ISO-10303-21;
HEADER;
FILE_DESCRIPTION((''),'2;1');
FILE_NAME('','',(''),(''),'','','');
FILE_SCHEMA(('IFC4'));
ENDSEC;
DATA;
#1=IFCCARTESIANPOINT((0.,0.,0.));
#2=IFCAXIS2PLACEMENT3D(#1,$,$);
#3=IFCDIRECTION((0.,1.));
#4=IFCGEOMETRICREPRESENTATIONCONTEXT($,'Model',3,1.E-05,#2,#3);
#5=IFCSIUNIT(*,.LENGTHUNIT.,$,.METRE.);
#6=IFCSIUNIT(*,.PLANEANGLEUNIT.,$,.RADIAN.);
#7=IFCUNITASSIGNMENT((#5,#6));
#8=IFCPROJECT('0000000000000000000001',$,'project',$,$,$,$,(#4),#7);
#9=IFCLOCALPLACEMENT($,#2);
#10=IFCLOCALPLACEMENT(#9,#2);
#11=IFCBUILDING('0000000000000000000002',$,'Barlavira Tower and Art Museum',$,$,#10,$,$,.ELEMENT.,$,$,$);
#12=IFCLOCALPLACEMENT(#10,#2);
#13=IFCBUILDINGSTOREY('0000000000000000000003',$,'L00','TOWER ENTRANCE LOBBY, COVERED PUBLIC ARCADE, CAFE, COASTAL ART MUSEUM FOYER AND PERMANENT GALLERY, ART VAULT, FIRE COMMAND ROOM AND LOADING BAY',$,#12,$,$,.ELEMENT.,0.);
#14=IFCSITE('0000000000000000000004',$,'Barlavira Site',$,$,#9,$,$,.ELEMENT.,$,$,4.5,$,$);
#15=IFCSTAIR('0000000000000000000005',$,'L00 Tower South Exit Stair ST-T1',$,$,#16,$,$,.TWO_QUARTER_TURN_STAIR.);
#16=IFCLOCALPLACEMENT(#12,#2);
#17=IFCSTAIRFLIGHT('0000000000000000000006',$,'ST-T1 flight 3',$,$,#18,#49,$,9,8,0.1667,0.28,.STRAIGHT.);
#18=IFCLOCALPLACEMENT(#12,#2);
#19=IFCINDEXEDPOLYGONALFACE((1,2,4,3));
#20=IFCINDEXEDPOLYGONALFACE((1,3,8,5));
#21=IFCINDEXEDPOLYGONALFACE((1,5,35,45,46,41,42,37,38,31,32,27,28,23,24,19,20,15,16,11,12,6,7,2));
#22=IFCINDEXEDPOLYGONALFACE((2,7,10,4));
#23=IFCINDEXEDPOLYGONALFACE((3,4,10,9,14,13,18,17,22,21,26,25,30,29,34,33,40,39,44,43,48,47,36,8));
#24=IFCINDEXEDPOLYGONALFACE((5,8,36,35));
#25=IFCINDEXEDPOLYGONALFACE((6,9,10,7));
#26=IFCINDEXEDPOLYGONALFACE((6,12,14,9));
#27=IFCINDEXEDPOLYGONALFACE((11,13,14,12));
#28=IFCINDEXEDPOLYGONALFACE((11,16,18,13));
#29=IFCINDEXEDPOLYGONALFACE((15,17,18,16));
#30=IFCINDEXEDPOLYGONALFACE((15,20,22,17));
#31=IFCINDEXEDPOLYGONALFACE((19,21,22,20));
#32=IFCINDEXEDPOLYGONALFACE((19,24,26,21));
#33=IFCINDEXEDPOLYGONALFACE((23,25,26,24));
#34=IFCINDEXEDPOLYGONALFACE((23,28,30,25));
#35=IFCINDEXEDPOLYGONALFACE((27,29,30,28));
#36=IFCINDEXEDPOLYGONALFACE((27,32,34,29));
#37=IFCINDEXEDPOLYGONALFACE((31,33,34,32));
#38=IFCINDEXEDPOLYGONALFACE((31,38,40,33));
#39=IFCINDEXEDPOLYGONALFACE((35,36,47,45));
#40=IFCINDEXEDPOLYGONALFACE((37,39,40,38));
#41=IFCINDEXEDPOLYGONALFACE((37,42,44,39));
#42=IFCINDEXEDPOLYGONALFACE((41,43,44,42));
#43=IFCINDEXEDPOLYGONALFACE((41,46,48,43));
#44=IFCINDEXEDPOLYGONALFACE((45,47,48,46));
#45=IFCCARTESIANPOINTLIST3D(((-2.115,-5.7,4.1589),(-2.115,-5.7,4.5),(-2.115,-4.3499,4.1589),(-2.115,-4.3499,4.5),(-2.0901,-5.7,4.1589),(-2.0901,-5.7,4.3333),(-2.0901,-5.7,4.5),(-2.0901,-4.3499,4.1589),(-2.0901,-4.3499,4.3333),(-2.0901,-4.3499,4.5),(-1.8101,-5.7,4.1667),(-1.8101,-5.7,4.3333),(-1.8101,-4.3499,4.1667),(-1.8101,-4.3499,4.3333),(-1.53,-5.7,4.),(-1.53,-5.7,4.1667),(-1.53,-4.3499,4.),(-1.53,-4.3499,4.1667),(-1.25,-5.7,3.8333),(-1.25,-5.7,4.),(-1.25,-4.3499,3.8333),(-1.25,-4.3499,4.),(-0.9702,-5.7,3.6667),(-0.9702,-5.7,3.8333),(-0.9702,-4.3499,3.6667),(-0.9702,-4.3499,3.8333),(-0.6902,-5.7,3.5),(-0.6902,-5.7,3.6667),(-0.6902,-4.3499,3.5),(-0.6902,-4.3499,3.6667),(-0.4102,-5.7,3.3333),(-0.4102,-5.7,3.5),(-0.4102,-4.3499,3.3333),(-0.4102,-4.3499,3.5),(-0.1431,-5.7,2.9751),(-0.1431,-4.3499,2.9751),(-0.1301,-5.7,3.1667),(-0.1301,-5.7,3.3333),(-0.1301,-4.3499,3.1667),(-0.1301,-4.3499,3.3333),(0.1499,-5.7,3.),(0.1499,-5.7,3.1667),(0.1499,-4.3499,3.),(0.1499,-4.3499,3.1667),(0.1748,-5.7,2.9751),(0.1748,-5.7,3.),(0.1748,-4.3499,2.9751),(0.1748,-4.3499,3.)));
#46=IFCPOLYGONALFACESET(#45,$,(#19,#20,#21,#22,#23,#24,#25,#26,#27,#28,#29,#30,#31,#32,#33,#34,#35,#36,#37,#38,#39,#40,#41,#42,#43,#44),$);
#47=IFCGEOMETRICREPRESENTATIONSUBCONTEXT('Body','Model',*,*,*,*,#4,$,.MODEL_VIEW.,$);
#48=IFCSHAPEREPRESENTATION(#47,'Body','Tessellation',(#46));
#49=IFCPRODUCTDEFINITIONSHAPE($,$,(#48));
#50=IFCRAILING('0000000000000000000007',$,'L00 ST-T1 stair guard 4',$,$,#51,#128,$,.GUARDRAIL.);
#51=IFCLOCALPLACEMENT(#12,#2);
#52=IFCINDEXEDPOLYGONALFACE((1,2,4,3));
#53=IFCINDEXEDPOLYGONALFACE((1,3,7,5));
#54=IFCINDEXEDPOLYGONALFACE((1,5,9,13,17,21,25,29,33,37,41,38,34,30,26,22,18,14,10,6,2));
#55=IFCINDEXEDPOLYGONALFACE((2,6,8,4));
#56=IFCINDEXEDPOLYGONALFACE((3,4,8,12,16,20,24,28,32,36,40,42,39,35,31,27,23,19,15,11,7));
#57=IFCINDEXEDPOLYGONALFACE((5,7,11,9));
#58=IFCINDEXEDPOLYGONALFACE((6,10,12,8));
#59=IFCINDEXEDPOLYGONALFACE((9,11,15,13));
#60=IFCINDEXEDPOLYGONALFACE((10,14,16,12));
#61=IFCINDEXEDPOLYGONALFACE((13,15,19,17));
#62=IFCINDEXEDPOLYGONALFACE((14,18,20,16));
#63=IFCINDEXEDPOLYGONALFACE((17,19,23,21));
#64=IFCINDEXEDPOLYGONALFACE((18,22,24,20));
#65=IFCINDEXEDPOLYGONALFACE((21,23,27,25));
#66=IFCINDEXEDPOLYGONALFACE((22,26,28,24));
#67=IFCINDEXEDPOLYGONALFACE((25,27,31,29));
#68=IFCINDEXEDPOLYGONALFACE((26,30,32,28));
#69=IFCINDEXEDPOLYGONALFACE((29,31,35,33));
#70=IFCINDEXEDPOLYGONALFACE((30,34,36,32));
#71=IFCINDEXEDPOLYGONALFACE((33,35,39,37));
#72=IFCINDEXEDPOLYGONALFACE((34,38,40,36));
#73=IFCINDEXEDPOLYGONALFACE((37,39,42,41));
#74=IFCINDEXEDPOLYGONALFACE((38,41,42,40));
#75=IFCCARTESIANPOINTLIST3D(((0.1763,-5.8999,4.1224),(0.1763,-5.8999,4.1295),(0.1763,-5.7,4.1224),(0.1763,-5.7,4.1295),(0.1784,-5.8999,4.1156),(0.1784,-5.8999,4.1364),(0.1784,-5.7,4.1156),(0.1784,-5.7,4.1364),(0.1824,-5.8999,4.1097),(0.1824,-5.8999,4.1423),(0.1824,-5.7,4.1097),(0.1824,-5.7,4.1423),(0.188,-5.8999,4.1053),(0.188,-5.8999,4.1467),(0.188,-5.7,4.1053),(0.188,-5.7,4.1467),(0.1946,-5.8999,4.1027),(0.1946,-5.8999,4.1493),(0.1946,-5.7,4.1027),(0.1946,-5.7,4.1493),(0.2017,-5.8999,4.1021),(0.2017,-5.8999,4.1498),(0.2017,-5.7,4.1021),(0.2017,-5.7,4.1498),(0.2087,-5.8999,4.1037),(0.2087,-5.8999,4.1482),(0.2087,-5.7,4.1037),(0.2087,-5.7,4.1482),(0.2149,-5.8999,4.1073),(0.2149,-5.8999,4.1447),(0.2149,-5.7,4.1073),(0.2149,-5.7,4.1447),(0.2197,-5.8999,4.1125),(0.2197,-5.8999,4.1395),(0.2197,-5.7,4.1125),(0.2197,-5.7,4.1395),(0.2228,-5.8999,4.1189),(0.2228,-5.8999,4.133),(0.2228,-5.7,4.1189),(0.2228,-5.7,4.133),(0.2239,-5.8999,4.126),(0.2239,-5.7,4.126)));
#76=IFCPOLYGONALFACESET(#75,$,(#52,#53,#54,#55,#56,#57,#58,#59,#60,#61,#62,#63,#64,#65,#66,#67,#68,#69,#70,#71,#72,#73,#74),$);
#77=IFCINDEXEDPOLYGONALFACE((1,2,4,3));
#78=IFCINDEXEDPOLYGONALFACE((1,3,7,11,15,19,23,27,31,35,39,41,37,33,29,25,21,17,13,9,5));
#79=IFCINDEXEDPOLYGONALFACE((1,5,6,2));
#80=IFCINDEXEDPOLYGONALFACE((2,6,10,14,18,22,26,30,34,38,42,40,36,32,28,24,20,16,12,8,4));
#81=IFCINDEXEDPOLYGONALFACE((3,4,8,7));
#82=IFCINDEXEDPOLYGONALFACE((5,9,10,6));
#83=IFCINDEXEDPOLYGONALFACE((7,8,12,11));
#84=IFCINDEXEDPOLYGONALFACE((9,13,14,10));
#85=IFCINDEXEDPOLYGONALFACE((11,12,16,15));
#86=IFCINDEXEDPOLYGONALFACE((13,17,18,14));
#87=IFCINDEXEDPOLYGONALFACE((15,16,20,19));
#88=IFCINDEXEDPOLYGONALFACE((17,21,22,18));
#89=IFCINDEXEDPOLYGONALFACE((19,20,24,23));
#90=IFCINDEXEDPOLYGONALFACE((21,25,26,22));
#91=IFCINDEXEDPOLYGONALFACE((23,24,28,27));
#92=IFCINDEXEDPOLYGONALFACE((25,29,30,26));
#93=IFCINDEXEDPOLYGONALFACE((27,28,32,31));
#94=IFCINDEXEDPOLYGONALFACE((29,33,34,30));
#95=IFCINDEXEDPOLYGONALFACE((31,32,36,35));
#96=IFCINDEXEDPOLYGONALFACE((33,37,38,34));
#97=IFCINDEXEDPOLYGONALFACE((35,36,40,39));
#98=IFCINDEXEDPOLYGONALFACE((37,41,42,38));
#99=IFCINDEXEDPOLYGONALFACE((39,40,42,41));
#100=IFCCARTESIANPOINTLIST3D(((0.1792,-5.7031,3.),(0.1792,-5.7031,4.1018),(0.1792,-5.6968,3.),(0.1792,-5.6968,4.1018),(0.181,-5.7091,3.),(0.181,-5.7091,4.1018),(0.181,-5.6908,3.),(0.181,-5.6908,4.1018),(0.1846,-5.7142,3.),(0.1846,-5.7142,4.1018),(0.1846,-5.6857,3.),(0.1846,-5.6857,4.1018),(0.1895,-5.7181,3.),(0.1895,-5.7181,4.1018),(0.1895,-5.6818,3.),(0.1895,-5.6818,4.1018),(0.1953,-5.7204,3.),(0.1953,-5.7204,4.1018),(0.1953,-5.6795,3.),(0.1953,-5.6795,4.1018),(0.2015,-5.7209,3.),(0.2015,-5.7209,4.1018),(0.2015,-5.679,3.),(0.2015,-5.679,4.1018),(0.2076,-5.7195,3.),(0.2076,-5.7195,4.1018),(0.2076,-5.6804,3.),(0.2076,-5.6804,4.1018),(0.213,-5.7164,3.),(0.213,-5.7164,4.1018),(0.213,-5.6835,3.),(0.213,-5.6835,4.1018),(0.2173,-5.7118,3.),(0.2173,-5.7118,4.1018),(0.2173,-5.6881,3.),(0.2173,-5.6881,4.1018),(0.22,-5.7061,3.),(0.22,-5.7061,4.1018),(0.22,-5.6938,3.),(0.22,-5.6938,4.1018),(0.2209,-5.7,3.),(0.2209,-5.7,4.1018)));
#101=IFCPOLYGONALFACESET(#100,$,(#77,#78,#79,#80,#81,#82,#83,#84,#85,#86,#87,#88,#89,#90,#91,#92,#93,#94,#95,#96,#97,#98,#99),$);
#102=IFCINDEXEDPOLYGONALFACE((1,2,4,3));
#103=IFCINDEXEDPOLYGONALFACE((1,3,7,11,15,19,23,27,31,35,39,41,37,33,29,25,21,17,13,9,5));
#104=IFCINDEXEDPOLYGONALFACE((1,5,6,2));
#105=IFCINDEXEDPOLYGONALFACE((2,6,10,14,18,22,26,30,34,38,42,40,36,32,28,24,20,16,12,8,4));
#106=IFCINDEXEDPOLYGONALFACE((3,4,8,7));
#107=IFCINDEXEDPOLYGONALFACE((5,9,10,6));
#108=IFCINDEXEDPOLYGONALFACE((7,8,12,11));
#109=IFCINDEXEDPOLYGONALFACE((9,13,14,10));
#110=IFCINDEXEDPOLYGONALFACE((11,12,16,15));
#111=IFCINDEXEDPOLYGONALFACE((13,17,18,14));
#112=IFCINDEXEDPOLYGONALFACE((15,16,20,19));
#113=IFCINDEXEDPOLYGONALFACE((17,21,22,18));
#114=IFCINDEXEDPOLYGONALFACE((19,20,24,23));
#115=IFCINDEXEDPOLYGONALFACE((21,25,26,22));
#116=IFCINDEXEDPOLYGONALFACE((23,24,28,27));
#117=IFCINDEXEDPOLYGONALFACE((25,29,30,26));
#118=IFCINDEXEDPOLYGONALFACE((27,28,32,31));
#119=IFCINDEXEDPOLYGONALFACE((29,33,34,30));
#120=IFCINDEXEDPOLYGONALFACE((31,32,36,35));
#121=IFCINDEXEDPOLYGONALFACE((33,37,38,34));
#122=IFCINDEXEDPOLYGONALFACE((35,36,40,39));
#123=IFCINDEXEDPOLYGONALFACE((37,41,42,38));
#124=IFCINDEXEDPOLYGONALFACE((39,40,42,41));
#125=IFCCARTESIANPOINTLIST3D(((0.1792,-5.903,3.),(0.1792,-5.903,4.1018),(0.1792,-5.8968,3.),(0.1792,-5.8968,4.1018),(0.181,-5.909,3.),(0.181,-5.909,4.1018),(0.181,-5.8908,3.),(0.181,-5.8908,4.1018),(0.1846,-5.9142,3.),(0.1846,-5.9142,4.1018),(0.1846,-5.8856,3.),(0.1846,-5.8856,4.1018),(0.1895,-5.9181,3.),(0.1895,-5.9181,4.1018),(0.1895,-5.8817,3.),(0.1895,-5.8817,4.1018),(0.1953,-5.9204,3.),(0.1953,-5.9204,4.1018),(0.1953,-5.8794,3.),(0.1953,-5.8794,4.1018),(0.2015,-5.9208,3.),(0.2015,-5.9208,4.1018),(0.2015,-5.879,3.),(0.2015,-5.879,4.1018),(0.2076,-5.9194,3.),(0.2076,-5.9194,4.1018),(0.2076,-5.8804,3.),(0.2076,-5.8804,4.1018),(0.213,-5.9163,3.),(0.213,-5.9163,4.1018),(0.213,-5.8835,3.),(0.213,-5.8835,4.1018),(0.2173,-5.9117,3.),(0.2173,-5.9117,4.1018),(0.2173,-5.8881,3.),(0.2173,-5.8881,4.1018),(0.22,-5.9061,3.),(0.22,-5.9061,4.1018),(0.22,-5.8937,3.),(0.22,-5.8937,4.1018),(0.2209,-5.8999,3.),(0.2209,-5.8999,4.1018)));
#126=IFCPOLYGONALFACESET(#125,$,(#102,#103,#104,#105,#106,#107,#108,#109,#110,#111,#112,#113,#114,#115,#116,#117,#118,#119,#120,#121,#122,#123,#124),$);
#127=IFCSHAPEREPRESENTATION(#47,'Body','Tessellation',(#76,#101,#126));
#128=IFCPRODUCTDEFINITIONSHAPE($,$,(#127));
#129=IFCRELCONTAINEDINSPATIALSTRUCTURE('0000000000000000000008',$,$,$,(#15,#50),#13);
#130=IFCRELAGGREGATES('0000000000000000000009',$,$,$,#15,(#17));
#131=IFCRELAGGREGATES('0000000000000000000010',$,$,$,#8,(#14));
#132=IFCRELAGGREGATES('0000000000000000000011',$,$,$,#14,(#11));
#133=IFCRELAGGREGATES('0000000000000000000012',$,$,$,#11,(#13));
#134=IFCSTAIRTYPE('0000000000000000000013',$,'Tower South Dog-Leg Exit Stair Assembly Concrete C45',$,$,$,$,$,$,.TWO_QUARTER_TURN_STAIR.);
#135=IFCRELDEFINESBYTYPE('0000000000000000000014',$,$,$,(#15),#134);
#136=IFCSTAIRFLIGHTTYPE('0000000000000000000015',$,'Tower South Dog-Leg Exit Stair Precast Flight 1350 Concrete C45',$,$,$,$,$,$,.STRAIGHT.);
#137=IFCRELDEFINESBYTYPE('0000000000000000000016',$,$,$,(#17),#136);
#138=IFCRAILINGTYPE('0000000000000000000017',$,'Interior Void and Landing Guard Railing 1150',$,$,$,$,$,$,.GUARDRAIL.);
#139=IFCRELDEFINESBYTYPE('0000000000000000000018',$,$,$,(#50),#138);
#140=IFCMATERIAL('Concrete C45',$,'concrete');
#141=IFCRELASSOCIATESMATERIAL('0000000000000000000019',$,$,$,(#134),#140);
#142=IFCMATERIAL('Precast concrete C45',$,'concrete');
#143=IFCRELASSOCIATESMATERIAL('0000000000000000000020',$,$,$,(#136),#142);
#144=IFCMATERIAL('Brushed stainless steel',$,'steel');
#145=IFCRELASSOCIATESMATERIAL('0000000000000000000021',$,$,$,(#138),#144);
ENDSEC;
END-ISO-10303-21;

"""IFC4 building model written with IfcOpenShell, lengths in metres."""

from ifc_helpers import new_model, si_unit, direction, frame, origin, origin_2d, place, context, subcontext, project, spatial, polyline, circle, outline, extrude, material, type_object, element, aggregate, save


model = new_model("IFC4")

# Units and contexts
model_context = context("Model", 3, precision=1e-05, world=origin(), true_north=direction((0.0, 1.0)))
body_context = subcontext(model_context, "Body", "Model", "MODEL_VIEW")
ifc_project = project(units=[si_unit("LENGTHUNIT", "METRE"), si_unit("PLANEANGLEUNIT", "RADIAN")], contexts=[model_context])

# Site, building, storey
site_placement = place(None, origin())
site = spatial("IfcSite", under=ifc_project, at=site_placement, Name="Barlavira Site", CompositionType="ELEMENT", RefElevation=4.5)
building_placement = place(site_placement, origin())
building = spatial("IfcBuilding", under=site, at=building_placement, Name="Barlavira Tower and Art Museum", CompositionType="ELEMENT")
storey_placement = place(building_placement, origin())
storey = spatial("IfcBuildingStorey", under=building, at=storey_placement, Name="L00", Description="TOWER ENTRANCE LOBBY, COVERED PUBLIC ARCADE, CAFE, COASTAL ART MUSEUM FOYER AND PERMANENT GALLERY, ART VAULT, FIRE COMMAND ROOM AND LOADING BAY", CompositionType="ELEMENT", Elevation=0.0)

# Shared definitions
ifc_material_1 = material(Name="Brushed stainless steel", Category="steel")

# Stair, stair flight
ifc_material_2 = material(Name="Concrete C45", Category="concrete")
stair_type = type_object("IfcStairType", Name="Tower South Dog-Leg Exit Stair Assembly Concrete C45", PredefinedType="TWO_QUARTER_TURN_STAIR", material=ifc_material_2)
stair_placement = place(storey_placement, origin())
stair = element("IfcStair", 1, at=stair_placement, inside=storey, type_object=stair_type, Name="L00 Tower South Exit Stair ST-T1", PredefinedType="TWO_QUARTER_TURN_STAIR")
ifc_material_3 = material(Name="Precast concrete C45", Category="concrete")
stair_flight_type = type_object("IfcStairFlightType", Name="Tower South Dog-Leg Exit Stair Precast Flight 1350 Concrete C45", PredefinedType="STRAIGHT", material=ifc_material_3)
stair_flight_1_placement = place(storey_placement, frame((0.1499, -5.0249, 3.0), z_axis=(0.0, 0.0, 1.0), x_axis=(-1.0, 0.0, 0.0)))
stair_flight_1 = element("IfcStairFlight", 2, at=stair_flight_1_placement, type_object=stair_flight_type, Name="ST-T1 flight 3", NumberOfRisers=9, NumberOfTreads=8, PredefinedType="STRAIGHT", RiserHeight=0.1667, TreadLength=0.28, context=body_context, shape_type="SweptSolid", body=[
    extrude(outline(polyline([(-0.0249, 0.0), (0.0, 0.0), (0.0, 0.1667), (0.28, 0.1667), (0.28, 0.3333), (0.5601, 0.3333), (0.5601, 0.5), (0.8401, 0.5), (0.8401, 0.6667), (1.1201, 0.6667), (1.1201, 0.8333), (1.3999, 0.8333), (1.3999, 1.0), (1.6799, 1.0), (1.6799, 1.1667), (1.96, 1.1667), (1.96, 1.3333), (2.24, 1.3333), (2.24, 1.5), (2.2649, 1.5), (2.2649, 1.1589), (2.24, 1.1589), (0.293, -0.0249), (-0.0249, -0.0249), (-0.0249, 0.0)])), frame((0.0, 0.675, 0.0), z_axis=(0.0, -1.0, 0.0), x_axis=(1.0, 0.0, 0.0)), (0.0, 0.0, 1.0), 1.3501),
])
aggregate(stair, [stair_flight_1])

# Railing
railing_type_1 = type_object("IfcRailingType", Name="Interior Void and Landing Guard Railing 1150", PredefinedType="GUARDRAIL", material=ifc_material_1)
railing_1_placement = place(storey_placement, frame((0.2, -5.7, 3.0)))
element("IfcRailing", 3, at=railing_1_placement, inside=storey, type_object=railing_type_1, Name="L00 ST-T1 stair guard 4", PredefinedType="GUARDRAIL", context=body_context, shape_type="SweptSolid", body=[
    extrude(circle(Radius=0.0239, at=origin_2d()), frame((0.0, 0.0, 1.126), z_axis=(0.0, -1.0, 0.0), x_axis=(1.0, 0.0, 0.0)), (0.0, 0.0, 1.0), 0.2),
    extrude(circle(Radius=0.021, at=origin_2d()), origin(), (0.0, 0.0, 1.0), 1.1018),
    extrude(circle(Radius=0.021, at=origin_2d()), frame((0.0, -0.2, 0.0)), (0.0, 0.0, 1.0), 1.1018),
])

save(model, "model.ifc")
